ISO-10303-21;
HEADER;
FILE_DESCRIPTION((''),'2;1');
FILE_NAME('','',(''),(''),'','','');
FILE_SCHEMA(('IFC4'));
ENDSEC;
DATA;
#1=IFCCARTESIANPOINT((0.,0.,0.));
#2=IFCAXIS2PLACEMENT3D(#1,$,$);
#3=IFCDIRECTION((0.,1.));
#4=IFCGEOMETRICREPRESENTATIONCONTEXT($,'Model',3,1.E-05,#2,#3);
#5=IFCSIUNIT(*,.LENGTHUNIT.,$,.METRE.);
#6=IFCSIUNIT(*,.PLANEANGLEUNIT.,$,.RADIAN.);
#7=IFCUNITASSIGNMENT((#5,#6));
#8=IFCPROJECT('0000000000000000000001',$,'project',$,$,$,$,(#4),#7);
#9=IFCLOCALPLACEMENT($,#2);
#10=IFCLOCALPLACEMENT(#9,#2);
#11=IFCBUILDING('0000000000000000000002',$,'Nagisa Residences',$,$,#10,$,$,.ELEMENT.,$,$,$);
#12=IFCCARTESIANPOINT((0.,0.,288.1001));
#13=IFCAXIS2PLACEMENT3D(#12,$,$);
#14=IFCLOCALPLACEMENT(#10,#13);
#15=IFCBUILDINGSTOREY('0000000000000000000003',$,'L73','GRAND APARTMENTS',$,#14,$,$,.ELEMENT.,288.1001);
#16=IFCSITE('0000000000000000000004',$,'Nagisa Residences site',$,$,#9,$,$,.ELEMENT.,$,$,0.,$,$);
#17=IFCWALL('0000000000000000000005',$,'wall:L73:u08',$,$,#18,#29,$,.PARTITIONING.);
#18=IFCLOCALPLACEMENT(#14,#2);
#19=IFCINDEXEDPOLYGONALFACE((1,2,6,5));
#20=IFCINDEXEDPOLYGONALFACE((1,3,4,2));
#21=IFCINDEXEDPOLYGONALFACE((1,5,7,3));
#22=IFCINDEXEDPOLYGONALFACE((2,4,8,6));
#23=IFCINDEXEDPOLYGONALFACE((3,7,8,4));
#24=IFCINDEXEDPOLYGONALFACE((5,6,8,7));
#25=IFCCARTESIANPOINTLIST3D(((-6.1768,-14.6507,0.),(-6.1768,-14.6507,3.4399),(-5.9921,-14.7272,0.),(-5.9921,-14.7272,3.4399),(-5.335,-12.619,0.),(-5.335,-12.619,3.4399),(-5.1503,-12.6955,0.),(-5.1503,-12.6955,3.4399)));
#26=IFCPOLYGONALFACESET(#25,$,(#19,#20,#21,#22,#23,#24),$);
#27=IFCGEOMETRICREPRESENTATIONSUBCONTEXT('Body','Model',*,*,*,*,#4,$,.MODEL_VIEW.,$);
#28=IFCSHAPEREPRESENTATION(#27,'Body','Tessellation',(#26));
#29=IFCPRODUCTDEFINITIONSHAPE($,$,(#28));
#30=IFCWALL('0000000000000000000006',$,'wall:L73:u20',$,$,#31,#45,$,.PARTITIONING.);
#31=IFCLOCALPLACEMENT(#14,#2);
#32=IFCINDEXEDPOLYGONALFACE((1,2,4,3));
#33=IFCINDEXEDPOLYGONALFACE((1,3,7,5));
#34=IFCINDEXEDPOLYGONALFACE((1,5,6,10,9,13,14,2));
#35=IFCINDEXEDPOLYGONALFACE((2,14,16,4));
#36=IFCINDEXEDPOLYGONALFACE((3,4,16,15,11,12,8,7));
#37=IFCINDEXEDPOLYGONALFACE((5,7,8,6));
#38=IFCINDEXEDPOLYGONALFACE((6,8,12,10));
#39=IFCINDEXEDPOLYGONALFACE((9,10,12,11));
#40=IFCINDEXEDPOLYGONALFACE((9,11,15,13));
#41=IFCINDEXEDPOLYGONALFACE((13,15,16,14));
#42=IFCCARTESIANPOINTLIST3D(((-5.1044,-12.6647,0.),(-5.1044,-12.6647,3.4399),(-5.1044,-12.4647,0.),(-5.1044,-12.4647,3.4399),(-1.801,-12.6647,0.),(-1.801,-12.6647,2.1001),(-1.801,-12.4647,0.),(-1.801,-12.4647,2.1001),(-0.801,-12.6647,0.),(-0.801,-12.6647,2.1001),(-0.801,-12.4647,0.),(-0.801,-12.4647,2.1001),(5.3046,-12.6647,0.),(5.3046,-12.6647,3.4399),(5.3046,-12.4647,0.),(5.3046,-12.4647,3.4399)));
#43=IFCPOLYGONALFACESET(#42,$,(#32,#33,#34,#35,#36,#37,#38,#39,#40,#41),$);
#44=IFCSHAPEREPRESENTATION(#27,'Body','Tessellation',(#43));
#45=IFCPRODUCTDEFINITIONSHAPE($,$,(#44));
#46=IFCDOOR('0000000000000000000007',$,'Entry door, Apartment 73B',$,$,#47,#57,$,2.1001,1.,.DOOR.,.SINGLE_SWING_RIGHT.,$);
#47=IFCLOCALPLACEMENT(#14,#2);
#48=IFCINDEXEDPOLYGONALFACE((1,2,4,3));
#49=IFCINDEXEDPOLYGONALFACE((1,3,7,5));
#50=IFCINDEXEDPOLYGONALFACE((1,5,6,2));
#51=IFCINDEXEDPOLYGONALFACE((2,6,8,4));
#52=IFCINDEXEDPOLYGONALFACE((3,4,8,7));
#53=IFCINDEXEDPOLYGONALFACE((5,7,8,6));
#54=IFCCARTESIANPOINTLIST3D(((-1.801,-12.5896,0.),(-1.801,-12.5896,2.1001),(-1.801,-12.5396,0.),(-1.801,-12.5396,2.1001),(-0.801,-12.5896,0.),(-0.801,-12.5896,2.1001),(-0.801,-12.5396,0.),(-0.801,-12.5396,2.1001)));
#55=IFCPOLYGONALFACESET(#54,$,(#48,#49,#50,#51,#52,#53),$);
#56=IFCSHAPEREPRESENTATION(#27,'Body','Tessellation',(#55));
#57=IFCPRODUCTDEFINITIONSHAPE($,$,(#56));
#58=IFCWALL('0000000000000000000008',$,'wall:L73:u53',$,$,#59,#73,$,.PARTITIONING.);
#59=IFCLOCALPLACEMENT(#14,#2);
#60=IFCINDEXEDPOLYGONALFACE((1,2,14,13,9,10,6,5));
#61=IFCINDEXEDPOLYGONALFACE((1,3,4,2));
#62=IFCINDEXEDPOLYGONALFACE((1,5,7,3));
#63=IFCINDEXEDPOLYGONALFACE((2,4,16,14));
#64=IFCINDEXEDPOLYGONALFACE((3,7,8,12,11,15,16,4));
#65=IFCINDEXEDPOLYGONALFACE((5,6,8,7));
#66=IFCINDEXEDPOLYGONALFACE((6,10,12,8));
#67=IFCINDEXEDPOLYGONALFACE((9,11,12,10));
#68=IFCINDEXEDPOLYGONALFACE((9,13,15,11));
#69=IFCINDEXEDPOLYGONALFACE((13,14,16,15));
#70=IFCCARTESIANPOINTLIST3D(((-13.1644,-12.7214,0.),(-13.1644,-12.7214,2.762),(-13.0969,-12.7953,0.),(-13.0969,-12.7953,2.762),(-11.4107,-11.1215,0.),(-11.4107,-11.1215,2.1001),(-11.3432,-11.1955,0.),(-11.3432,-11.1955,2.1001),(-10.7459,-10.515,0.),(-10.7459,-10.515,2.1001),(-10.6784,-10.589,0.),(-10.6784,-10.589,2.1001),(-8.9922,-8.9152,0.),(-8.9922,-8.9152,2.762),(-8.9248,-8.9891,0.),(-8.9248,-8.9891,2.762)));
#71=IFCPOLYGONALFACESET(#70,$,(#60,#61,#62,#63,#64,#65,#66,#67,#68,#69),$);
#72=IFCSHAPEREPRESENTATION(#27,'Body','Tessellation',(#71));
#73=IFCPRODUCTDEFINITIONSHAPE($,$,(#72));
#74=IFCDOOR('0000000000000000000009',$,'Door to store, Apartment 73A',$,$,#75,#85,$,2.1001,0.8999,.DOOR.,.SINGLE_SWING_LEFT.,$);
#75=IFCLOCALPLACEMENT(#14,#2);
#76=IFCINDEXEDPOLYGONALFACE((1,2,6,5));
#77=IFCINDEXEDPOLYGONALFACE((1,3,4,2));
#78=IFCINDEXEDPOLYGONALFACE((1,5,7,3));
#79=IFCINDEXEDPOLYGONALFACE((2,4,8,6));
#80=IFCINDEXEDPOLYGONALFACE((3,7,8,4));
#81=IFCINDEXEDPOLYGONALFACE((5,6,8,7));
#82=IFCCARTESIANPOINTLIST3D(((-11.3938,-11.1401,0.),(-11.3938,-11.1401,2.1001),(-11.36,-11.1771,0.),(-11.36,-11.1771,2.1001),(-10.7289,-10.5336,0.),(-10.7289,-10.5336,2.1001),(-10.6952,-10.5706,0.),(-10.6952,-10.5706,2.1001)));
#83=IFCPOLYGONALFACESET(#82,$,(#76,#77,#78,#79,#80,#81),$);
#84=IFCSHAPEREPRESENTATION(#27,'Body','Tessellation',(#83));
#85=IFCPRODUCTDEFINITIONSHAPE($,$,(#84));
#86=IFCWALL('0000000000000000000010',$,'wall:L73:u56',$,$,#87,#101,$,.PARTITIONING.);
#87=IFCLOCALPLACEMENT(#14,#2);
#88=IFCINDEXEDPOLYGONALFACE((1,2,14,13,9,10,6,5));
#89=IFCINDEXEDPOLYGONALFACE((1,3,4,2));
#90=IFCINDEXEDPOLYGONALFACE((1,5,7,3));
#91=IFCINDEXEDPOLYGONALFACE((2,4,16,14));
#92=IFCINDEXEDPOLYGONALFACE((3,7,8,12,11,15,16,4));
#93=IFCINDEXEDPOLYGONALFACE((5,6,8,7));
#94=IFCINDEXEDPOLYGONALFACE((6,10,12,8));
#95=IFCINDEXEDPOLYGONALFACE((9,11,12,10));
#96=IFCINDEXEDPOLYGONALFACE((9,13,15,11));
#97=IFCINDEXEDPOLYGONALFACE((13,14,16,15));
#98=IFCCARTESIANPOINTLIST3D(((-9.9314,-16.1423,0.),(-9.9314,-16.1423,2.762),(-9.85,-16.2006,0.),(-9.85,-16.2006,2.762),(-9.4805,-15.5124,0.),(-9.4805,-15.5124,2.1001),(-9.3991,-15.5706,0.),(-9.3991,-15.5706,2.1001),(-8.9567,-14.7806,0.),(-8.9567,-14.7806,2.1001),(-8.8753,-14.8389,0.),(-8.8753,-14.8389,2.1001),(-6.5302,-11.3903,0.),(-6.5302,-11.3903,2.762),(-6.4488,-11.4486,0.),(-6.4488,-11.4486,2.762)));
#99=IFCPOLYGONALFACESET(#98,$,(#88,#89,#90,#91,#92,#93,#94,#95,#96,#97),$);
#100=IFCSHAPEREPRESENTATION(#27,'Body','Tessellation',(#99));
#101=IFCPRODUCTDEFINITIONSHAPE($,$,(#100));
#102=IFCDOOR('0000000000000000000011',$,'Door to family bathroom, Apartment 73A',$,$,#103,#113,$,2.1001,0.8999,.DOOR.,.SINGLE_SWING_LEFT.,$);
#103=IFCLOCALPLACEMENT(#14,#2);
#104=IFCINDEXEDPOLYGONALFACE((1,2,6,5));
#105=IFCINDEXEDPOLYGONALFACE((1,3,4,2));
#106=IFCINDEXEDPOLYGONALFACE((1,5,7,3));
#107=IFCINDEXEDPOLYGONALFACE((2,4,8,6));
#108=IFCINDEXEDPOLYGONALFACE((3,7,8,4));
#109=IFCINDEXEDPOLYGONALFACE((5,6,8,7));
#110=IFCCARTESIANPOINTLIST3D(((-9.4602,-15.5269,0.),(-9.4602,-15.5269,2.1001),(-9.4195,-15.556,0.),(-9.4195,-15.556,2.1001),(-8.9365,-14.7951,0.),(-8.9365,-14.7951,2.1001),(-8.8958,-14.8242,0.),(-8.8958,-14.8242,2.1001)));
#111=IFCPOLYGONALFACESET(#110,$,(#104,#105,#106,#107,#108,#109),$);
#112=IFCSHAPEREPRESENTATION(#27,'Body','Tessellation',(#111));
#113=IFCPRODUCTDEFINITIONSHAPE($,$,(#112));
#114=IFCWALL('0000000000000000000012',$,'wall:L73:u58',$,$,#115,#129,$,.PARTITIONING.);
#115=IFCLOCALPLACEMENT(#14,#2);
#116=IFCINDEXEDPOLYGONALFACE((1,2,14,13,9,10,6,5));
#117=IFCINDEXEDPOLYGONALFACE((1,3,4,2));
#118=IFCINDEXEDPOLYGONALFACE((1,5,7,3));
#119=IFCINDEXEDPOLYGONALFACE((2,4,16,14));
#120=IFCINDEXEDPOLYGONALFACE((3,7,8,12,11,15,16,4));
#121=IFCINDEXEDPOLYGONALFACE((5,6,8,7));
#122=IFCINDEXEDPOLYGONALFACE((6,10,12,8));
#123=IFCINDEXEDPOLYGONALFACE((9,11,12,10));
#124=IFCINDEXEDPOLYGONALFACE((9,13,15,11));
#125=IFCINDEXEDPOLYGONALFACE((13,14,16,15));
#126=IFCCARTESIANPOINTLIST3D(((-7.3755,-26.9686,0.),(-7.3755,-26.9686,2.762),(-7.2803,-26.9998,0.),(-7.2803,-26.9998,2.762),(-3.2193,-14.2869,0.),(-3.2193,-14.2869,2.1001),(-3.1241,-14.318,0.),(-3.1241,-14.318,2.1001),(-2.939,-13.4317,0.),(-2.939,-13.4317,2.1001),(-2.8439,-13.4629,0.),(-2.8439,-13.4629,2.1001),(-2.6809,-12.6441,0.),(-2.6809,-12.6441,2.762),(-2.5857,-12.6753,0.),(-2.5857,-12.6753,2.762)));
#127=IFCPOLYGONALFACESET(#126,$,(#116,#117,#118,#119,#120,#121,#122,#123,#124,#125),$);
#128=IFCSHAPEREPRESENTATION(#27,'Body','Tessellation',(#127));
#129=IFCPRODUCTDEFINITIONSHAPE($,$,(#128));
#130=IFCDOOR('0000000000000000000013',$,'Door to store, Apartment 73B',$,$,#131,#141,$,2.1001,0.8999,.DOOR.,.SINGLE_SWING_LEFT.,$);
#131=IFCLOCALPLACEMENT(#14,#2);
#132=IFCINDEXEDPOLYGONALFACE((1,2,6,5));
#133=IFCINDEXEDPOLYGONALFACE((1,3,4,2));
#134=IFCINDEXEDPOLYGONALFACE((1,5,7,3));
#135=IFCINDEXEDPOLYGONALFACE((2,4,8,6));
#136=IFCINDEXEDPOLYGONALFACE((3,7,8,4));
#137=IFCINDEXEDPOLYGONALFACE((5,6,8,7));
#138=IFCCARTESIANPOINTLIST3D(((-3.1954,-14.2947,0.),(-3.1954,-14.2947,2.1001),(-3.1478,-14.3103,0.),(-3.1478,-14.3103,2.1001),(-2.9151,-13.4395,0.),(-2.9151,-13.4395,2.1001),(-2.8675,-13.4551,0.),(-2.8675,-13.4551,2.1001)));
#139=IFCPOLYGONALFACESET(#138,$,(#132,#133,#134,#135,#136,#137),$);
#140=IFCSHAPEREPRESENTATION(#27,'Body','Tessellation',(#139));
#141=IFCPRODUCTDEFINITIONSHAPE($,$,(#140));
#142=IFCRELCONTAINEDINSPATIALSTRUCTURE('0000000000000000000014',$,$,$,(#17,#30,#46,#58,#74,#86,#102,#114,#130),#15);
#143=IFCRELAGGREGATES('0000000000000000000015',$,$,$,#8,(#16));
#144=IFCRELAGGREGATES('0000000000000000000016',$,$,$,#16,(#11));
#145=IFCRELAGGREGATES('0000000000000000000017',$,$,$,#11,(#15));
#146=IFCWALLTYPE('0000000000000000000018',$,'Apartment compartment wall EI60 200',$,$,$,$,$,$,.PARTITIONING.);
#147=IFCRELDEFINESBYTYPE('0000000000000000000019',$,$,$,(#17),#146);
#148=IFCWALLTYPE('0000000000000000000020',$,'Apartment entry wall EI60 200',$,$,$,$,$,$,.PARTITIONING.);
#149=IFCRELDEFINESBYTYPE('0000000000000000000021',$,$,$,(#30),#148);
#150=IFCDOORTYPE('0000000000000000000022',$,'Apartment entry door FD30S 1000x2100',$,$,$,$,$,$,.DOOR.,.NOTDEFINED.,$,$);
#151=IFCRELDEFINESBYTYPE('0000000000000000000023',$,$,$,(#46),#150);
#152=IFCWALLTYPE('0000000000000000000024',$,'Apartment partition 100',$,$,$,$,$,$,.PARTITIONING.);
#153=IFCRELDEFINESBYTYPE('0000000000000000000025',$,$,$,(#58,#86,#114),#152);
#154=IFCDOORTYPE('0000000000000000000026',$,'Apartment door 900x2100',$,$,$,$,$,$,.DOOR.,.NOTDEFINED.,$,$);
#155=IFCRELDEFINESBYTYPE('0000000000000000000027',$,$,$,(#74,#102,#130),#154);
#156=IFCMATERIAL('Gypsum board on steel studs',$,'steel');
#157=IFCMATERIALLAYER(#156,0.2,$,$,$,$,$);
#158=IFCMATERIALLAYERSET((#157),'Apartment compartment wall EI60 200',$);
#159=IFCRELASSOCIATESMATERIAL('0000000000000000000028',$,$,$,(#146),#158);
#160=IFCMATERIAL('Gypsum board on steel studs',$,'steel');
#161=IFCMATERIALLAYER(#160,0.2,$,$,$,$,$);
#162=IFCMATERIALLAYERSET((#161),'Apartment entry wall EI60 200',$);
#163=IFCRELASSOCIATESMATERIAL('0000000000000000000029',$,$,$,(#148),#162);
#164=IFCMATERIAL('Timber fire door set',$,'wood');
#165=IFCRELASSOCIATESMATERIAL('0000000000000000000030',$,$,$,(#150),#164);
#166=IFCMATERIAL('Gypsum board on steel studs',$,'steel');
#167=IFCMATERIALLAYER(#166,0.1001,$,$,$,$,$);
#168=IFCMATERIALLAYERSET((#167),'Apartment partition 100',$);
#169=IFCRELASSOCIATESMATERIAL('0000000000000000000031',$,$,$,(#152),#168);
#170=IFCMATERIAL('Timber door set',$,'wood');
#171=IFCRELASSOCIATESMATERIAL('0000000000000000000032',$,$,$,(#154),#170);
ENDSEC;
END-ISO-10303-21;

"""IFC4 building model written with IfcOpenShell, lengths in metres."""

from ifc_helpers import new_model, si_unit, direction, frame, frame_2d, origin, place, context, subcontext, project, spatial, rectangle, extrude, material, layer, layer_set, type_object, element, fill, save


model = new_model("IFC4")

# Units and contexts
model_context = context("Model", 3, precision=1e-05, world=origin(), true_north=direction((0.0, 1.0)))
body_context = subcontext(model_context, "Body", "Model", "MODEL_VIEW")
ifc_project = project(units=[si_unit("LENGTHUNIT", "METRE"), si_unit("PLANEANGLEUNIT", "RADIAN")], contexts=[model_context])

# Site, building, storey
site_placement = place(None, origin())
site = spatial("IfcSite", under=ifc_project, at=site_placement, Name="Nagisa Residences site", CompositionType="ELEMENT", RefElevation=0.0)
building_placement = place(site_placement, origin())
building = spatial("IfcBuilding", under=site, at=building_placement, Name="Nagisa Residences", CompositionType="ELEMENT")
storey_placement = place(building_placement, frame((0.0, 0.0, 288.1001)))
storey = spatial("IfcBuildingStorey", under=building, at=storey_placement, Name="L73", Description="GRAND APARTMENTS", CompositionType="ELEMENT", Elevation=288.1001)

# Wall
ifc_material_1 = material(Name="Gypsum board on steel studs", Category="steel")
ifc_layer_1 = layer(ifc_material_1, 0.2)
ifc_layer_set_1 = layer_set([ifc_layer_1], Name="Apartment compartment wall EI60 200")
wall_type_1 = type_object("IfcWallType", Name="Apartment compartment wall EI60 200", PredefinedType="PARTITIONING", material=ifc_layer_set_1)
wall_1_placement = place(storey_placement, frame((-5.2427, -12.6572, 0.0), z_axis=(0.0, 0.0, 1.0), x_axis=(-0.38277, -0.923844, 0.0)))
element("IfcWall", 1, at=wall_1_placement, inside=storey, type_object=wall_type_1, Name="wall:L73:u08", PredefinedType="PARTITIONING", context=body_context, shape_type="SweptSolid", body=[
    extrude(rectangle(XDim=2.1992, YDim=0.2, at=frame_2d((1.0996, 0.0))), origin(), (0.0, 0.0, 1.0), 3.4399),
])

# Walls, openings, doors
ifc_material_2 = material(Name="Gypsum board on steel studs", Category="steel")
ifc_layer_2 = layer(ifc_material_2, 0.2)
ifc_layer_set_2 = layer_set([ifc_layer_2], Name="Apartment entry wall EI60 200")
wall_type_2 = type_object("IfcWallType", Name="Apartment entry wall EI60 200", PredefinedType="PARTITIONING", material=ifc_layer_set_2)
wall_2_placement = place(storey_placement, frame((-5.1045, -12.5647, 0.0), z_axis=(0.0, 0.0, 1.0), x_axis=(1.0, 0.0, 0.0)))
wall_2 = element("IfcWall", 2, at=wall_2_placement, inside=storey, type_object=wall_type_2, Name="wall:L73:u20", PredefinedType="PARTITIONING", context=body_context, shape_type="SweptSolid", body=[
    extrude(rectangle(XDim=10.4089, YDim=0.2, at=frame_2d((5.2046, 0.0))), origin(), (0.0, 0.0, 1.0), 3.4399),
])
opening_1_placement = place(wall_2_placement, frame((3.3035, 0.0, 0.0)))
opening_1 = element("IfcOpeningElement", 3, at=opening_1_placement, cuts=wall_2, PredefinedType="OPENING", context=body_context, shape_type="SweptSolid", body=[
    extrude(rectangle(XDim=1.0, YDim=2.1001, at=frame_2d((0.5, 1.05))), frame((0.0, 0.1099, 0.0), z_axis=(0.0, -1.0, 0.0), x_axis=(1.0, 0.0, 0.0)), (0.0, 0.0, 1.0), 0.22),
])
ifc_material_3 = material(Name="Timber fire door set", Category="wood")
door_type_1 = type_object("IfcDoorType", Name="Apartment entry door FD30S 1000x2100", OperationType="NOTDEFINED", PredefinedType="DOOR", material=ifc_material_3)
door_1_placement = place(opening_1_placement, frame((1.0, 0.0, 0.0), x_axis=(-1.0, 0.0, 0.0)))
door_1 = element("IfcDoor", 4, at=door_1_placement, inside=storey, type_object=door_type_1, Name="Entry door, Apartment 73B", OperationType="SINGLE_SWING_RIGHT", OverallHeight=2.1001, OverallWidth=1.0, PredefinedType="DOOR", context=body_context, shape_type="SweptSolid", body=[
    extrude(rectangle(XDim=1.0, YDim=2.1001, at=frame_2d((0.5, 1.05))), frame((0.0, 0.0249, 0.0), z_axis=(0.0, -1.0, 0.0), x_axis=(1.0, 0.0, 0.0)), (0.0, 0.0, 1.0), 0.05),
])
fill(opening_1, door_1)
ifc_material_4 = material(Name="Gypsum board on steel studs", Category="steel")
ifc_layer_3 = layer(ifc_material_4, 0.1001)
ifc_layer_set_3 = layer_set([ifc_layer_3], Name="Apartment partition 100")
wall_type_3 = type_object("IfcWallType", Name="Apartment partition 100", PredefinedType="PARTITIONING", material=ifc_layer_set_3)
wall_3_placement = place(storey_placement, frame((-8.9585, -8.9521, 0.0), z_axis=(0.0, 0.0, 1.0), x_axis=(-0.738765, -0.673963, 0.0)))
wall_3 = element("IfcWall", 5, at=wall_3_placement, inside=storey, type_object=wall_type_3, Name="wall:L73:u53", PredefinedType="PARTITIONING", context=body_context, shape_type="SweptSolid", body=[
    extrude(rectangle(XDim=5.6475, YDim=0.1001, at=frame_2d((2.8237, 0.0))), origin(), (0.0, 0.0, 1.0), 2.762),
])
opening_2_placement = place(wall_3_placement, frame((2.3738, 0.0, 0.0)))
opening_2 = element("IfcOpeningElement", 6, at=opening_2_placement, cuts=wall_3, PredefinedType="OPENING", context=body_context, shape_type="SweptSolid", body=[
    extrude(rectangle(XDim=0.8999, YDim=2.1001, at=frame_2d((0.45, 1.05))), frame((0.0, 0.0601, 0.0), z_axis=(0.0, -1.0, 0.0), x_axis=(1.0, 0.0, 0.0)), (0.0, 0.0, 1.0), 0.1201),
])
ifc_material_5 = material(Name="Timber door set", Category="wood")
door_type_2 = type_object("IfcDoorType", Name="Apartment door 900x2100", OperationType="NOTDEFINED", PredefinedType="DOOR", material=ifc_material_5)
door_2_placement = place(opening_2_placement, frame((0.8999, 0.0, 0.0), x_axis=(-1.0, 0.0, 0.0)))
door_2 = element("IfcDoor", 7, at=door_2_placement, inside=storey, type_object=door_type_2, Name="Door to store, Apartment 73A", OperationType="SINGLE_SWING_LEFT", OverallHeight=2.1001, OverallWidth=0.8999, PredefinedType="DOOR", context=body_context, shape_type="SweptSolid", body=[
    extrude(rectangle(XDim=0.8999, YDim=2.1001, at=frame_2d((0.45, 1.05))), frame((0.0, 0.0249, 0.0), z_axis=(0.0, -1.0, 0.0), x_axis=(1.0, 0.0, 0.0)), (0.0, 0.0, 1.0), 0.05),
])
fill(opening_2, door_2)
wall_4_placement = place(storey_placement, frame((-6.4895, -11.4194, 0.0), z_axis=(0.0, 0.0, 1.0), x_axis=(-0.582016, -0.813177, 0.0)))
wall_4 = element("IfcWall", 8, at=wall_4_placement, inside=storey, type_object=wall_type_3, Name="wall:L73:u56", PredefinedType="PARTITIONING", context=body_context, shape_type="SweptSolid", body=[
    extrude(rectangle(XDim=5.8438, YDim=0.1001, at=frame_2d((2.9219, 0.0))), origin(), (0.0, 0.0, 1.0), 2.762),
])
opening_3_placement = place(wall_4_placement, frame((4.1692, 0.0, 0.0)))
opening_3 = element("IfcOpeningElement", 9, at=opening_3_placement, cuts=wall_4, PredefinedType="OPENING", context=body_context, shape_type="SweptSolid", body=[
    extrude(rectangle(XDim=0.8999, YDim=2.1001, at=frame_2d((0.45, 1.05))), frame((0.0, 0.0601, 0.0), z_axis=(0.0, -1.0, 0.0), x_axis=(1.0, 0.0, 0.0)), (0.0, 0.0, 1.0), 0.1201),
])
door_3_placement = place(opening_3_placement, origin())
door_3 = element("IfcDoor", 10, at=door_3_placement, inside=storey, type_object=door_type_2, Name="Door to family bathroom, Apartment 73A", OperationType="SINGLE_SWING_LEFT", OverallHeight=2.1001, OverallWidth=0.8999, PredefinedType="DOOR", context=body_context, shape_type="SweptSolid", body=[
    extrude(rectangle(XDim=0.8999, YDim=2.1001, at=frame_2d((0.45, 1.05))), frame((0.0, 0.0249, 0.0), z_axis=(0.0, -1.0, 0.0), x_axis=(1.0, 0.0, 0.0)), (0.0, 0.0, 1.0), 0.05),
])
fill(opening_3, door_3)
wall_5_placement = place(storey_placement, frame((-2.6333, -12.6597, 0.0), z_axis=(0.0, 0.0, 1.0), x_axis=(-0.311433, -0.950268, 0.0)))
wall_5 = element("IfcWall", 11, at=wall_5_placement, inside=storey, type_object=wall_type_3, Name="wall:L73:u58", PredefinedType="PARTITIONING", context=body_context, shape_type="SweptSolid", body=[
    extrude(rectangle(XDim=15.0742, YDim=0.1001, at=frame_2d((7.5371, 0.0))), origin(), (0.0, 0.0, 1.0), 2.762),
])
opening_4_placement = place(wall_5_placement, frame((0.8289, 0.0, 0.0)))
opening_4 = element("IfcOpeningElement", 12, at=opening_4_placement, cuts=wall_5, PredefinedType="OPENING", context=body_context, shape_type="SweptSolid", body=[
    extrude(rectangle(XDim=0.8999, YDim=2.1001, at=frame_2d((0.45, 1.05))), frame((0.0, 0.0601, 0.0), z_axis=(0.0, -1.0, 0.0), x_axis=(1.0, 0.0, 0.0)), (0.0, 0.0, 1.0), 0.1201),
])
door_4_placement = place(opening_4_placement, frame((0.8999, 0.0, 0.0), x_axis=(-1.0, 0.0, 0.0)))
door_4 = element("IfcDoor", 13, at=door_4_placement, inside=storey, type_object=door_type_2, Name="Door to store, Apartment 73B", OperationType="SINGLE_SWING_LEFT", OverallHeight=2.1001, OverallWidth=0.8999, PredefinedType="DOOR", context=body_context, shape_type="SweptSolid", body=[
    extrude(rectangle(XDim=0.8999, YDim=2.1001, at=frame_2d((0.45, 1.05))), frame((0.0, 0.0249, 0.0), z_axis=(0.0, -1.0, 0.0), x_axis=(1.0, 0.0, 0.0)), (0.0, 0.0, 1.0), 0.05),
])
fill(opening_4, door_4)

save(model, "model.ifc")
